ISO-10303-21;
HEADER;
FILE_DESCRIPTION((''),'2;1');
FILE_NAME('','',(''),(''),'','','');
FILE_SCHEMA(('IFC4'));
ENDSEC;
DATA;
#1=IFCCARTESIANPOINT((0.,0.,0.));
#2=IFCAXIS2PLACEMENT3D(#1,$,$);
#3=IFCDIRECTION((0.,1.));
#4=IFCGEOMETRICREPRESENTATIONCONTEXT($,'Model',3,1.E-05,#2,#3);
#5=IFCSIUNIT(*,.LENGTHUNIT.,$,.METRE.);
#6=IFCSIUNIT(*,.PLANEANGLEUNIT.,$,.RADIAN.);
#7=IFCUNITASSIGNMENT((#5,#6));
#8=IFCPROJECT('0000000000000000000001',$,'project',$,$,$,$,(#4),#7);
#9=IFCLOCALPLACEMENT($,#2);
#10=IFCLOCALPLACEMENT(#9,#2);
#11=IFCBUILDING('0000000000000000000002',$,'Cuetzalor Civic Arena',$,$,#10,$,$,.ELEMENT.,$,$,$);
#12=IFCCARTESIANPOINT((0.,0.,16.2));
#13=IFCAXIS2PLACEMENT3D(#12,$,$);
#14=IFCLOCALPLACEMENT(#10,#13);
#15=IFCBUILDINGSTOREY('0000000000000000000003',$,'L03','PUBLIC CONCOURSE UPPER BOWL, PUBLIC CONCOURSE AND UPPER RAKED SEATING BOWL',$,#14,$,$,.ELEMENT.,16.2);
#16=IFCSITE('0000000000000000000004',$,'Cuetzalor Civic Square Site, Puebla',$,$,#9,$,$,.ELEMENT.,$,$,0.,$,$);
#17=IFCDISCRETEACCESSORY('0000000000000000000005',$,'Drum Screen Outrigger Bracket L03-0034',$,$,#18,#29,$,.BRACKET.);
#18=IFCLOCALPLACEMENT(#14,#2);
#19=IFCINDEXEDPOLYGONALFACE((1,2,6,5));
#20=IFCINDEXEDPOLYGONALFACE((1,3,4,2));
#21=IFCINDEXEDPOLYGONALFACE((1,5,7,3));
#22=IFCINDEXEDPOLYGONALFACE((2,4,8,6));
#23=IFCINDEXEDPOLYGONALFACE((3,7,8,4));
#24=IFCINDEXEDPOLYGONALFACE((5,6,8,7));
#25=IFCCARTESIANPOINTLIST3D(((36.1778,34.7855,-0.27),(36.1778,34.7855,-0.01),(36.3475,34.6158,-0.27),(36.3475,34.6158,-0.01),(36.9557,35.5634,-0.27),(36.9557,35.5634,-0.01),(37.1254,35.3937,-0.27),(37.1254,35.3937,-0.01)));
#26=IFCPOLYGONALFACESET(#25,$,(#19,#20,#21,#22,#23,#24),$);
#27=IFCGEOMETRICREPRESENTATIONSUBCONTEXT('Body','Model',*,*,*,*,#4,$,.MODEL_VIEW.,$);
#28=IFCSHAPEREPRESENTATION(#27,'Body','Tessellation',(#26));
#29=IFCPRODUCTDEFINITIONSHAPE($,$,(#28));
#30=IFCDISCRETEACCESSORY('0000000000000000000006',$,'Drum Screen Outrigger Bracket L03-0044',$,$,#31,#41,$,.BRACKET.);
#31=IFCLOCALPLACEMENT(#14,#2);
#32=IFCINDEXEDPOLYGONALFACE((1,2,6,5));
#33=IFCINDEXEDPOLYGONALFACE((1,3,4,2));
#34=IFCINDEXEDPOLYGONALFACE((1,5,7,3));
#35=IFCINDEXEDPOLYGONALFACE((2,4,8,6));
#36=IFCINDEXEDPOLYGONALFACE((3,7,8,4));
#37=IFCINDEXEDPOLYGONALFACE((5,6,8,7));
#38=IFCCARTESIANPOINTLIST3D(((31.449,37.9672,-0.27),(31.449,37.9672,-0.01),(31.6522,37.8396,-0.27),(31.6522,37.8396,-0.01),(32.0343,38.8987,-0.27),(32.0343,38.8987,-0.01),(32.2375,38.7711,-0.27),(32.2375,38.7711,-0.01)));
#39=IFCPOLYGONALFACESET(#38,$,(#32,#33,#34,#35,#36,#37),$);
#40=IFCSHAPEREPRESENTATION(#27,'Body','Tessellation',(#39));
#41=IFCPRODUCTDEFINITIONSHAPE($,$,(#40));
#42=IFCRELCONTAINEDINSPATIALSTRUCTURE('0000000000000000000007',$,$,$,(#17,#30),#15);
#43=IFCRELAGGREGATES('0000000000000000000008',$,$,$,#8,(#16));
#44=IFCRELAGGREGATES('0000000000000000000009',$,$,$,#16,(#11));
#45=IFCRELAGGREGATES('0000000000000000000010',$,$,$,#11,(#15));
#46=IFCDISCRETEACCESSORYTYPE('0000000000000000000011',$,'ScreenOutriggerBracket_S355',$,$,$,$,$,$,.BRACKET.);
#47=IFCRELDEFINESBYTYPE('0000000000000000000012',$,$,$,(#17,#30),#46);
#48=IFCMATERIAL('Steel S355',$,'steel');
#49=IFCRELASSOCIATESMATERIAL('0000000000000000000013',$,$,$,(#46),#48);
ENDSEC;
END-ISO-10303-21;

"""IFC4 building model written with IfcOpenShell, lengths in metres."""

from ifc_helpers import new_model, si_unit, direction, frame, origin, origin_2d, place, context, subcontext, project, spatial, rectangle, extrude, material, type_object, element, save


model = new_model("IFC4")

# Units and contexts
model_context = context("Model", 3, precision=1e-05, world=origin(), true_north=direction((0.0, 1.0)))
body_context = subcontext(model_context, "Body", "Model", "MODEL_VIEW")
ifc_project = project(units=[si_unit("LENGTHUNIT", "METRE"), si_unit("PLANEANGLEUNIT", "RADIAN")], contexts=[model_context])

# Site, building, storey
site_placement = place(None, origin())
site = spatial("IfcSite", under=ifc_project, at=site_placement, Name="Cuetzalor Civic Square Site, Puebla", CompositionType="ELEMENT", RefElevation=0.0)
building_placement = place(site_placement, origin())
building = spatial("IfcBuilding", under=site, at=building_placement, Name="Cuetzalor Civic Arena", CompositionType="ELEMENT")
storey_placement = place(building_placement, frame((0.0, 0.0, 16.2)))
storey = spatial("IfcBuildingStorey", under=building, at=storey_placement, Name="L03", Description="PUBLIC CONCOURSE UPPER BOWL, PUBLIC CONCOURSE AND UPPER RAKED SEATING BOWL", CompositionType="ELEMENT", Elevation=16.2)

# Discrete accessories
ifc_material_1 = material(Name="Steel S355", Category="steel")
discrete_accessory_type = type_object("IfcDiscreteAccessoryType", Name="ScreenOutriggerBracket_S355", PredefinedType="BRACKET", material=ifc_material_1)
for number, where, z_axis, x_axis, name in (
    (1, (36.6516, 35.0896, -0.27), (0.0, 0.0, 1.0), (0.707107, 0.707107, 0.0), "Drum Screen Outrigger Bracket L03-0034"),
    (2, (31.8433, 38.3691, -0.27), (0.0, 0.0, 1.0), (0.53199, 0.846751, 0.0), "Drum Screen Outrigger Bracket L03-0044"),
):
    element("IfcDiscreteAccessory", number, at=place(storey_placement, frame(where, z_axis=z_axis, x_axis=x_axis)), inside=storey, type_object=discrete_accessory_type, Name=name, PredefinedType="BRACKET", context=body_context, shape_type="SweptSolid", body=[
        extrude(rectangle(XDim=1.1001, YDim=0.24, at=origin_2d()), origin(), (0.0, 0.0, 1.0), 0.26),
    ])

save(model, "model.ifc")
